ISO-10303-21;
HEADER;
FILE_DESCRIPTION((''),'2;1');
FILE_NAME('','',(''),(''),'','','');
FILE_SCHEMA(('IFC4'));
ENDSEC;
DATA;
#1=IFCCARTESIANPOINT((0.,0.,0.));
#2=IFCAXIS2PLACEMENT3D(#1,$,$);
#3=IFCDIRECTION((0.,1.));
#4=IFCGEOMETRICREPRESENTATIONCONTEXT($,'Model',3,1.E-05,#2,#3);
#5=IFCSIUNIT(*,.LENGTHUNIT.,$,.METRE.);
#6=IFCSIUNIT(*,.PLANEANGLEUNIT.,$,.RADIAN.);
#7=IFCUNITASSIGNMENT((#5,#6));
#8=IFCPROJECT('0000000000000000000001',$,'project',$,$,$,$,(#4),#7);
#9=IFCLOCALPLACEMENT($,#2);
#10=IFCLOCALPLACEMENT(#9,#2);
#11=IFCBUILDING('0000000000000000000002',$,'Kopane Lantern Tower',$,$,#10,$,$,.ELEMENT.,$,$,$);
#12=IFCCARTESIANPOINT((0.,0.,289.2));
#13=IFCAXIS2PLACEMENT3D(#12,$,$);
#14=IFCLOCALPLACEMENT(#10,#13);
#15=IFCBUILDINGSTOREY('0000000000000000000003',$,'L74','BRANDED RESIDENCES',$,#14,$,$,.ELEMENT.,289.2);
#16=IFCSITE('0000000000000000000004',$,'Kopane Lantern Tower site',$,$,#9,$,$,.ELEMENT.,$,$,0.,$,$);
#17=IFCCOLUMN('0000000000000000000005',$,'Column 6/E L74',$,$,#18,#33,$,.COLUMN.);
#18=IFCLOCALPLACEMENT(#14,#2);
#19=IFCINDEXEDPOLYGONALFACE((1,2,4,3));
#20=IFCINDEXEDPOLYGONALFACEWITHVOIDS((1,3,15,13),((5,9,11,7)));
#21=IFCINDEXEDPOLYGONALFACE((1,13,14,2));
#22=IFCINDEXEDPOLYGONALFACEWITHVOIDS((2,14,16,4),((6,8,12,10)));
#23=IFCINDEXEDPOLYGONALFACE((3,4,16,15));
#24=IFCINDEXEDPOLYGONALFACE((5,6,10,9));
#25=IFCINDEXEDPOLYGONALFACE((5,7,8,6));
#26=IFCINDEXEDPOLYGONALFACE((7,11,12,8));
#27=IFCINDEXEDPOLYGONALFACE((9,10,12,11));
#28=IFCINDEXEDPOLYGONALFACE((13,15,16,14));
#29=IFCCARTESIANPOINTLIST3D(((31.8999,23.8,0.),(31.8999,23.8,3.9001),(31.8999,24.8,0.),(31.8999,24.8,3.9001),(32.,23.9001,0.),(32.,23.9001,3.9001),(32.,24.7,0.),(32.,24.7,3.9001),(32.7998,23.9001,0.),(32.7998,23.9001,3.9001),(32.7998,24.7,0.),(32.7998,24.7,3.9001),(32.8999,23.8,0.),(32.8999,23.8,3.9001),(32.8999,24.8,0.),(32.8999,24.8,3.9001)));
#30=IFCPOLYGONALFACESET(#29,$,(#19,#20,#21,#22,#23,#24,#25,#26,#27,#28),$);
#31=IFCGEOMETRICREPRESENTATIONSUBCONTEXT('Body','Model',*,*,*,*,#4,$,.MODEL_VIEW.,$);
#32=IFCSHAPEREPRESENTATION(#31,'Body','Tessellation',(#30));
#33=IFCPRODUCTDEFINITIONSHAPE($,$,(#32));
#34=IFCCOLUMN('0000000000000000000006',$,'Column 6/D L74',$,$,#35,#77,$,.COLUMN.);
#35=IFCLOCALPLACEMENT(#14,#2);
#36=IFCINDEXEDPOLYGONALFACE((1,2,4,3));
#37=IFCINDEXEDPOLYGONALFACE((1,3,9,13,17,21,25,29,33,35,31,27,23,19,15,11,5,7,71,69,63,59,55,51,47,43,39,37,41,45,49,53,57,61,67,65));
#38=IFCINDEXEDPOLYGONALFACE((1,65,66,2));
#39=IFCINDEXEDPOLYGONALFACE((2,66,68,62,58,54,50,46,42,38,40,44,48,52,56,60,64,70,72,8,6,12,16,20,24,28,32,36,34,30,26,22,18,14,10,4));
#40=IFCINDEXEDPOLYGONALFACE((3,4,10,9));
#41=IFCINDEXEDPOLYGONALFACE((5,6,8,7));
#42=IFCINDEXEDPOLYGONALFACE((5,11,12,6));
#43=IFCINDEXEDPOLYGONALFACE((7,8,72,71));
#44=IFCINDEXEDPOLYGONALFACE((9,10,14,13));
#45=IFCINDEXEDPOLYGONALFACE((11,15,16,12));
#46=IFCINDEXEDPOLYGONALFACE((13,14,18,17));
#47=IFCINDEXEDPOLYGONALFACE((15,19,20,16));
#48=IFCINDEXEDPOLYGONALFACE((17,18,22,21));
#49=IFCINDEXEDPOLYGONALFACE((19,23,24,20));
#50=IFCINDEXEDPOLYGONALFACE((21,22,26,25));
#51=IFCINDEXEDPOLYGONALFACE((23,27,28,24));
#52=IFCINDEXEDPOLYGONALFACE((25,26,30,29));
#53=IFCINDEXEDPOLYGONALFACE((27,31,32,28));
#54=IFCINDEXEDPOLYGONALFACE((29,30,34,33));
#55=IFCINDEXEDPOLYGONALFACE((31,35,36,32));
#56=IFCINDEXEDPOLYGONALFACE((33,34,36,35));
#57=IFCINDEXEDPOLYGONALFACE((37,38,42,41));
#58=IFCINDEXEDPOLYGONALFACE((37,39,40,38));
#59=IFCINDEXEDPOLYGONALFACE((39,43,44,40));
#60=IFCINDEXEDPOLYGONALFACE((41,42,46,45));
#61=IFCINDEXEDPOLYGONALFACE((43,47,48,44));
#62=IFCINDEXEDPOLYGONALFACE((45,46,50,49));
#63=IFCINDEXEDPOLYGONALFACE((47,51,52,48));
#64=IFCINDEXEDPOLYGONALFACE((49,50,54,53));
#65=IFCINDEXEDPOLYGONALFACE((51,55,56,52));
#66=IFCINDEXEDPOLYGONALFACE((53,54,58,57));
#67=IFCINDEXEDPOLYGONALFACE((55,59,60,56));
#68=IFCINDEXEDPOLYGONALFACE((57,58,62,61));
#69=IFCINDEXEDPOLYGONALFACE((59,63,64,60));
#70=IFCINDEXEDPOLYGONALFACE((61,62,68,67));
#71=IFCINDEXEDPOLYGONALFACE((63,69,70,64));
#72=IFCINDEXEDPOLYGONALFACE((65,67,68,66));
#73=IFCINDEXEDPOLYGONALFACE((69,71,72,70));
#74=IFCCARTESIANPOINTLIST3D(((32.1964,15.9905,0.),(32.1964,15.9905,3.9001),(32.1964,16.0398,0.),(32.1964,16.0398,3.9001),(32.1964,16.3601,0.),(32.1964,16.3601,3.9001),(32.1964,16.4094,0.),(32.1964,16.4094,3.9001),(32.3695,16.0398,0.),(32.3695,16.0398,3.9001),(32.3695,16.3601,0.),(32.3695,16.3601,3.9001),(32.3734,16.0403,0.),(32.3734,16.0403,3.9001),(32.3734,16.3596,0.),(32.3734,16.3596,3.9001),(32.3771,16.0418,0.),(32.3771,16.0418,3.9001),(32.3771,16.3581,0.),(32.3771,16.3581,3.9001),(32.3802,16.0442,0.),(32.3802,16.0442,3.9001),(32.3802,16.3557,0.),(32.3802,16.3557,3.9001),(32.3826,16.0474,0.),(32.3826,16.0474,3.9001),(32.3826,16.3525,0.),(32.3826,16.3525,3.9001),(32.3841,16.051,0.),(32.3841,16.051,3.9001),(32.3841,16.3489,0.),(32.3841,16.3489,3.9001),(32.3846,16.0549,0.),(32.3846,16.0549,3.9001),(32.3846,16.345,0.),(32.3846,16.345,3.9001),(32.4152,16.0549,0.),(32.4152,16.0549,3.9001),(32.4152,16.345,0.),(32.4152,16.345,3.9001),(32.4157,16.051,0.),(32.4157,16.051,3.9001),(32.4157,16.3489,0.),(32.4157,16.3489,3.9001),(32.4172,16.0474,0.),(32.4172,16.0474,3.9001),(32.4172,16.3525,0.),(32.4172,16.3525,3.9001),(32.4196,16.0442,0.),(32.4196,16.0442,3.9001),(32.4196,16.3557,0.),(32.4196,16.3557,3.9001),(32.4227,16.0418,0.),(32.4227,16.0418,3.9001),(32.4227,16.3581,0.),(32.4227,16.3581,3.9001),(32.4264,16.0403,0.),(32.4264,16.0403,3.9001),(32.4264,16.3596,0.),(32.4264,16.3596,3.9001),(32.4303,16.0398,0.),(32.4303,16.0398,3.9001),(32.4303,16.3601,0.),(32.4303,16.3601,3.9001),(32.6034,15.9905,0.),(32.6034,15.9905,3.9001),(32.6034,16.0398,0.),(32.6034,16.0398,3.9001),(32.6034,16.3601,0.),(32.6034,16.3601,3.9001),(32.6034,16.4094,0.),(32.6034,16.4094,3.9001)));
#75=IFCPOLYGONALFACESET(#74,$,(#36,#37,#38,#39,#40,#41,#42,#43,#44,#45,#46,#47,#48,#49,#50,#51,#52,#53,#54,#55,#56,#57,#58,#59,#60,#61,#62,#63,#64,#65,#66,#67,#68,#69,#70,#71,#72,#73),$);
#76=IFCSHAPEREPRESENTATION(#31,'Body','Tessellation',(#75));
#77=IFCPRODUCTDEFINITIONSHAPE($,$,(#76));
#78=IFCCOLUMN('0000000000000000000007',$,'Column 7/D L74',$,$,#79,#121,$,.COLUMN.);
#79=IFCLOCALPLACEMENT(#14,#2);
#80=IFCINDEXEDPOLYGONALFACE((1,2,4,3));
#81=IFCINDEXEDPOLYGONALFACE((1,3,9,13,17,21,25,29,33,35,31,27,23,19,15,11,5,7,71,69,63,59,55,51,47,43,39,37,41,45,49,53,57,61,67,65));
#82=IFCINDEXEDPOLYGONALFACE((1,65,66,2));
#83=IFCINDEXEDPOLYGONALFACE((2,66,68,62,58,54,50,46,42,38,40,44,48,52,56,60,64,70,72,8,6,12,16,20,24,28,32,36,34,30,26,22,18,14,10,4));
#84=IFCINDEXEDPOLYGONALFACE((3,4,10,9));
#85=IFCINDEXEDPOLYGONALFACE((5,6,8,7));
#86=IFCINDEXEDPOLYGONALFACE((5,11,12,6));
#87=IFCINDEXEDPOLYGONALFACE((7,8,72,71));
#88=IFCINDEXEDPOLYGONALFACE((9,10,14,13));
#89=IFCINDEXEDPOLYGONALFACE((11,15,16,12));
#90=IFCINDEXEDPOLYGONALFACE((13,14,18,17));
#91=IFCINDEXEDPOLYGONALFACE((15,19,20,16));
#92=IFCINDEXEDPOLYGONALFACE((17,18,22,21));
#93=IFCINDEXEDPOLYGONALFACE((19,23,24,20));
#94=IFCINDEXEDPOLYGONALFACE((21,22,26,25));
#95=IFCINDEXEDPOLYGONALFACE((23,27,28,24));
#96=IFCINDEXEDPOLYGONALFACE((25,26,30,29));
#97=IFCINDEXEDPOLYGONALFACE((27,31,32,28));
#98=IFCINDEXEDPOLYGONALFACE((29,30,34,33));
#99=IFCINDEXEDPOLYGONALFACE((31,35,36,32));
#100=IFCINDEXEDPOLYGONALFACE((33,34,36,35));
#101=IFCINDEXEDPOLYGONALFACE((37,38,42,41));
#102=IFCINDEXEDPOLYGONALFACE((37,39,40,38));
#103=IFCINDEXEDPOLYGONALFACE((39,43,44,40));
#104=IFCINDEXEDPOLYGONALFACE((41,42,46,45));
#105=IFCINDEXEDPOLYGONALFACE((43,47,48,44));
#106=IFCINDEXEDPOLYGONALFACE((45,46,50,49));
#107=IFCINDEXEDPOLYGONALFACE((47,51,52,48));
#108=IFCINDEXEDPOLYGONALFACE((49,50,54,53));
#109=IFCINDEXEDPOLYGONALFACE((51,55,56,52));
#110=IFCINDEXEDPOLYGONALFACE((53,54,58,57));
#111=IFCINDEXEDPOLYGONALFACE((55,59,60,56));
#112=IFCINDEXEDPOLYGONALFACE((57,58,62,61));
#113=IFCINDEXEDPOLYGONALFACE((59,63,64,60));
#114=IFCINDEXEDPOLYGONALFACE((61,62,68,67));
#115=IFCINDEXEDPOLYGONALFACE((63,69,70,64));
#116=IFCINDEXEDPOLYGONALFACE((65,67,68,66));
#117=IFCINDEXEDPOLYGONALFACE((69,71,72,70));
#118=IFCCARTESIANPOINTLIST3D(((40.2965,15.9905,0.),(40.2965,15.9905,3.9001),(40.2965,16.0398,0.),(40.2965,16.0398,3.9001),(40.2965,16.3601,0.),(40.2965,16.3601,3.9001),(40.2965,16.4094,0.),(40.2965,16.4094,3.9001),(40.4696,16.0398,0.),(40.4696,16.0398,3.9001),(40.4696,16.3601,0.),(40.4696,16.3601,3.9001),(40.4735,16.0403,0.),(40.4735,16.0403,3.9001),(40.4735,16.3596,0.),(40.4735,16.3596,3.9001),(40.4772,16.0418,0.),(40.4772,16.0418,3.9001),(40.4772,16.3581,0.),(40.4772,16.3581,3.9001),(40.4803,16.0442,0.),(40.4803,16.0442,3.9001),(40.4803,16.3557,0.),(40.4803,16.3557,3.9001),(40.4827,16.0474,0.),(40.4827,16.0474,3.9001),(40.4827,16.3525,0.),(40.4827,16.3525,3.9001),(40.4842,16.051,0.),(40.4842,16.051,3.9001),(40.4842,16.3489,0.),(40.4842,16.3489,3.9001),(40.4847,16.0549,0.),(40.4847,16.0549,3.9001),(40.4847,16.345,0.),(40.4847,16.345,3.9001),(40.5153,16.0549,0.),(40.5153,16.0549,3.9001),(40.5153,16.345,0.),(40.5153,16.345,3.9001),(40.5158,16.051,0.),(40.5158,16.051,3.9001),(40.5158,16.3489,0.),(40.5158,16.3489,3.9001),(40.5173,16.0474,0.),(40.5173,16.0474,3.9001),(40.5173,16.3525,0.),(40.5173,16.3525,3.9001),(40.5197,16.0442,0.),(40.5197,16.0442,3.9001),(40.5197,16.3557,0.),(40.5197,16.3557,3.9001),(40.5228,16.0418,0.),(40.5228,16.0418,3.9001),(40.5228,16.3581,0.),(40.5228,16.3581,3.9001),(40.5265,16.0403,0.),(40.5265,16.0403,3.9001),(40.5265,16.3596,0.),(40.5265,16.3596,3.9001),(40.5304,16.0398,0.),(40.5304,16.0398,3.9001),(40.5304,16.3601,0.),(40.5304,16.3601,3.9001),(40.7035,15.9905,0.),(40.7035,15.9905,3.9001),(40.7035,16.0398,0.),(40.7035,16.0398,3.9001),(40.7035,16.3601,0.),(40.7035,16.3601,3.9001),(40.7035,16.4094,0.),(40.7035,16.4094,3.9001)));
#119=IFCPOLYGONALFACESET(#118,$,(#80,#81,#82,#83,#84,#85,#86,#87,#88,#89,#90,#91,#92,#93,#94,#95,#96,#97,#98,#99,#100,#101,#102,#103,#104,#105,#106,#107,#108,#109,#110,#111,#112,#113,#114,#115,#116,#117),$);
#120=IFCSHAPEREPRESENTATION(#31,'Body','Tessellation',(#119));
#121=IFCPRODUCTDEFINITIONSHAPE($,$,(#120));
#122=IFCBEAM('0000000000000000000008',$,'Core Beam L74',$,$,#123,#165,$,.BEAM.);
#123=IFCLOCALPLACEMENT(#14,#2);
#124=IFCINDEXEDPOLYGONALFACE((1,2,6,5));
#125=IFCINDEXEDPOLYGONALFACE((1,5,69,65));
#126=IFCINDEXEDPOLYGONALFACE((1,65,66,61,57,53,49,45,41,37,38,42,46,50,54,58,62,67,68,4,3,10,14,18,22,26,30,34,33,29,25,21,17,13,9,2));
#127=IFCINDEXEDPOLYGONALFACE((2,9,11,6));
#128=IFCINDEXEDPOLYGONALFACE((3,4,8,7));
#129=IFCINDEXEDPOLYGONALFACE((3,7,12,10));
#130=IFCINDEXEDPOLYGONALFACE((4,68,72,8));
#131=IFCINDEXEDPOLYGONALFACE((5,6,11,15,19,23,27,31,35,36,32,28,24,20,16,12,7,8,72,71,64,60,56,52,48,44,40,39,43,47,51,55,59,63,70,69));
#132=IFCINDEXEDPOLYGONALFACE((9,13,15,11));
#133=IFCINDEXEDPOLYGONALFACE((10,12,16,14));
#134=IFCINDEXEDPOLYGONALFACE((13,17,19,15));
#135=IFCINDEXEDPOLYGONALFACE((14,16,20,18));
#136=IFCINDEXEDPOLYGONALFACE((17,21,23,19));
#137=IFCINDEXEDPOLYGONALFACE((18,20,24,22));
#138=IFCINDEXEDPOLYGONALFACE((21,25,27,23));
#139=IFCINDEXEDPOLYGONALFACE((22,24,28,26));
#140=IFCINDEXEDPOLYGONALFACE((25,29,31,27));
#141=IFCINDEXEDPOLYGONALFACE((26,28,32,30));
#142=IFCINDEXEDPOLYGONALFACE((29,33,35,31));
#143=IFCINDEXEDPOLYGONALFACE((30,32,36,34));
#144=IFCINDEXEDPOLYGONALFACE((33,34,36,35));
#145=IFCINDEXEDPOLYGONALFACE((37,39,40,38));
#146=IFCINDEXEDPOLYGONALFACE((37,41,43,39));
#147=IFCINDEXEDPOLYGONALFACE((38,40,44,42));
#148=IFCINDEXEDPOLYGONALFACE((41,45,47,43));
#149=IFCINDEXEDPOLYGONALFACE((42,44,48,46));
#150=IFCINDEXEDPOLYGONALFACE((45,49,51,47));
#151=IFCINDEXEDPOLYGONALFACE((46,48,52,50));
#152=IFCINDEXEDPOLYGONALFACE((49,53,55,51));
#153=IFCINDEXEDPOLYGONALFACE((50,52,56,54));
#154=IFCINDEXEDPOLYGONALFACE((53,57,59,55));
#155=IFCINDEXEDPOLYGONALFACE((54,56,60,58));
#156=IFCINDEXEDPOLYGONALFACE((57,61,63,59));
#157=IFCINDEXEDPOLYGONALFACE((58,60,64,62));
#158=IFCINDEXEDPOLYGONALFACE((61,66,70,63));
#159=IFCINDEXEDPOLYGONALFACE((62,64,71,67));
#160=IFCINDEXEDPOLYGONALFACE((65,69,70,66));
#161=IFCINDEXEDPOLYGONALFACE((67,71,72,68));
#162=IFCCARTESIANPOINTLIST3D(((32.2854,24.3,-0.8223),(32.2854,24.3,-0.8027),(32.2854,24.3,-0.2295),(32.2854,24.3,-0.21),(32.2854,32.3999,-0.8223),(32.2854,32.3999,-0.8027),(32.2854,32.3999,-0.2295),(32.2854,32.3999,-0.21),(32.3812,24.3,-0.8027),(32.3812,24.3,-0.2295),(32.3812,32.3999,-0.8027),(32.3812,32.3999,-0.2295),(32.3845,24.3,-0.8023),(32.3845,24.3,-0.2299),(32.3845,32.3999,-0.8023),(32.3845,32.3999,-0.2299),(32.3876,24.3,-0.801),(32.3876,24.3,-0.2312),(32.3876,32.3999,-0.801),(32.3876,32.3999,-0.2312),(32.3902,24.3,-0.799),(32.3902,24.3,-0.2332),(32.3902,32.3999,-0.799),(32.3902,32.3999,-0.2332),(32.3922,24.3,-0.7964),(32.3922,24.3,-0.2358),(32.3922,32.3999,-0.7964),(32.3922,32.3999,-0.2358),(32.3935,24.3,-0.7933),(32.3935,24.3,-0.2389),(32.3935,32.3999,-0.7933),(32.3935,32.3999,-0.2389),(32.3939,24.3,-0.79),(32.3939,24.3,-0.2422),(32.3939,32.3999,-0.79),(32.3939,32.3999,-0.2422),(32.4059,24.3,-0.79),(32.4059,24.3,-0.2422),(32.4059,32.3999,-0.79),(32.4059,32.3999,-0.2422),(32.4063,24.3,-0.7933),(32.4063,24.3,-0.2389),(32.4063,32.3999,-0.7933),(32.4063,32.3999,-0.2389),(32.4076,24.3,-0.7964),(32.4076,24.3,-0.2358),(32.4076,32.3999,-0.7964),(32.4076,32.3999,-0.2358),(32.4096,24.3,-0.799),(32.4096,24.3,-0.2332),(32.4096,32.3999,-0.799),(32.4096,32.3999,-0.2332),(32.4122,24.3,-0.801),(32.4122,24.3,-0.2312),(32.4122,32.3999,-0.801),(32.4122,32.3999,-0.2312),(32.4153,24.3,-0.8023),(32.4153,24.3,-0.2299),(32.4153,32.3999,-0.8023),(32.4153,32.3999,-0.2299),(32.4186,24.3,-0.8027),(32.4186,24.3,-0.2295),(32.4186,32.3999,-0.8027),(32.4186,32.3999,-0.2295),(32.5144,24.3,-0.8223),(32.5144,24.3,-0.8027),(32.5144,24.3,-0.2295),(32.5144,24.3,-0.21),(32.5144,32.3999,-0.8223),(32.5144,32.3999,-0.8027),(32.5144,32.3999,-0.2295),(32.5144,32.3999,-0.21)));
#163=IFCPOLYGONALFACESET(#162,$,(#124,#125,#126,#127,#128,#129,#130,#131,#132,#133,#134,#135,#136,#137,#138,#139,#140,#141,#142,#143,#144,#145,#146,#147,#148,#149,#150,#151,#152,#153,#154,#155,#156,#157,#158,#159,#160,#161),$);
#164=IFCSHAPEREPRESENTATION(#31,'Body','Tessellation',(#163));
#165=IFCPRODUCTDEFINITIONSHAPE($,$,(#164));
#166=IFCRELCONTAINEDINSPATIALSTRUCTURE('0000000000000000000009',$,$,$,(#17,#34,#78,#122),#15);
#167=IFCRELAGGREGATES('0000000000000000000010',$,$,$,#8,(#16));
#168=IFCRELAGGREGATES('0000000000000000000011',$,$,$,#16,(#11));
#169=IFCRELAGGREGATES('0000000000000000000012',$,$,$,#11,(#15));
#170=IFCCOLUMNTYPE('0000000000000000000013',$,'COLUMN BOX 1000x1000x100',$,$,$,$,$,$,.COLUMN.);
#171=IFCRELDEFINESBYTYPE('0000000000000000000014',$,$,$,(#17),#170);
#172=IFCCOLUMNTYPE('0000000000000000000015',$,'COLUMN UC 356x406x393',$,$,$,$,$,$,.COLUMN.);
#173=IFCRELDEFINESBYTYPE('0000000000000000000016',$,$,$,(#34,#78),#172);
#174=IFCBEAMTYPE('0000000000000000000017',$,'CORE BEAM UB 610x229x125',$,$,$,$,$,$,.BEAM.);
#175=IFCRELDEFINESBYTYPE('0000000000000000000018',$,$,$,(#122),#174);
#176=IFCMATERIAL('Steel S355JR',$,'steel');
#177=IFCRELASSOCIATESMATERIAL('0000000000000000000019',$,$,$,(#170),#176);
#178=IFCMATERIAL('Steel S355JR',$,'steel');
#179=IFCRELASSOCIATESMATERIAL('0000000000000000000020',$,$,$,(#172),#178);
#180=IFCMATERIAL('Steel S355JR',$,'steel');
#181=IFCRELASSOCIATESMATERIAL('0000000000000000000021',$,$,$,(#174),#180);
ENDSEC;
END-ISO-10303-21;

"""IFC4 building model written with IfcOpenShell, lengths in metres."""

from ifc_helpers import new_model, si_unit, direction, frame, origin, origin_2d, place, context, subcontext, project, spatial, hollow_rectangle, i_section, extrude, material, material_profile, profile_set, type_object, element, save


model = new_model("IFC4")

# Units and contexts
model_context = context("Model", 3, precision=1e-05, world=origin(), true_north=direction((0.0, 1.0)))
body_context = subcontext(model_context, "Body", "Model", "MODEL_VIEW")
ifc_project = project(units=[si_unit("LENGTHUNIT", "METRE"), si_unit("PLANEANGLEUNIT", "RADIAN")], contexts=[model_context])

# Site, building, storey
site_placement = place(None, origin())
site = spatial("IfcSite", under=ifc_project, at=site_placement, Name="Kopane Lantern Tower site", CompositionType="ELEMENT", RefElevation=0.0)
building_placement = place(site_placement, origin())
building = spatial("IfcBuilding", under=site, at=building_placement, Name="Kopane Lantern Tower", CompositionType="ELEMENT")
storey_placement = place(building_placement, frame((0.0, 0.0, 289.2)))
storey = spatial("IfcBuildingStorey", under=building, at=storey_placement, Name="L74", Description="BRANDED RESIDENCES", CompositionType="ELEMENT", Elevation=289.2)

# Columns
ifc_material_1 = material(Name="Steel S355JR", Category="steel")
ifc_material_profile_1 = material_profile(ifc_material_1, hollow_rectangle(XDim=1.0, YDim=1.0, WallThickness=0.1001, at=origin_2d()), Name="BOX 1000x1000x100")
ifc_profile_set_1 = profile_set([ifc_material_profile_1], Name="Steel S355JR")
column_type_1 = type_object("IfcColumnType", Name="COLUMN BOX 1000x1000x100", PredefinedType="COLUMN", material=ifc_profile_set_1)
column_placement = place(storey_placement, frame((32.3999, 24.3, 0.0), z_axis=(0.0, 0.0, 1.0), x_axis=(1.0, 0.0, 0.0)))
element("IfcColumn", 1, at=column_placement, inside=storey, type_object=column_type_1, Name="Column 6/E L74", PredefinedType="COLUMN", context=body_context, shape_type="SweptSolid", body=[
    extrude(hollow_rectangle(XDim=1.0, YDim=1.0, WallThickness=0.1001, at=origin_2d()), origin(), (0.0, 0.0, 1.0), 3.9001),
])
ifc_material_2 = material(Name="Steel S355JR", Category="steel")
ifc_material_profile_2 = material_profile(ifc_material_2, i_section(OverallWidth=0.407, OverallDepth=0.4189, WebThickness=0.0305, FlangeThickness=0.0493, FilletRadius=0.0151, at=origin_2d()), Name="UC 356x406x393")
ifc_profile_set_2 = profile_set([ifc_material_profile_2], Name="Steel S355JR")
column_type_2 = type_object("IfcColumnType", Name="COLUMN UC 356x406x393", PredefinedType="COLUMN", material=ifc_profile_set_2)
for number, where, z_axis, x_axis, name in (
    (2, (32.3999, 16.2, 0.0), (0.0, 0.0, 1.0), (1.0, 0.0, 0.0), "Column 6/D L74"),
    (3, (40.5, 16.2, 0.0), (0.0, 0.0, 1.0), (1.0, 0.0, 0.0), "Column 7/D L74"),
):
    element("IfcColumn", number, at=place(storey_placement, frame(where, z_axis=z_axis, x_axis=x_axis)), inside=storey, type_object=column_type_2, Name=name, PredefinedType="COLUMN", context=body_context, shape_type="SweptSolid", body=[
        extrude(i_section(OverallWidth=0.407, OverallDepth=0.4189, WebThickness=0.0305, FlangeThickness=0.0493, FilletRadius=0.0151, at=origin_2d()), origin(), (0.0, 0.0, 1.0), 3.9001),
    ])

# Beam
ifc_material_3 = material(Name="Steel S355JR", Category="steel")
ifc_material_profile_3 = material_profile(ifc_material_3, i_section(OverallWidth=0.229, OverallDepth=0.6123, WebThickness=0.012, FlangeThickness=0.0195, FilletRadius=0.0127, at=origin_2d()), Name="UB 610x229x125")
ifc_profile_set_3 = profile_set([ifc_material_profile_3], Name="Steel S355JR")
beam_type_1 = type_object("IfcBeamType", Name="CORE BEAM UB 610x229x125", PredefinedType="BEAM", material=ifc_profile_set_3)
beam_placement = place(storey_placement, frame((32.3999, 24.3, -0.5161), z_axis=(0.0, 1.0, 0.0), x_axis=(-1.0, 0.0, 0.0)))
element("IfcBeam", 4, at=beam_placement, inside=storey, type_object=beam_type_1, Name="Core Beam L74", PredefinedType="BEAM", context=body_context, shape_type="SweptSolid", body=[
    extrude(i_section(OverallWidth=0.229, OverallDepth=0.6123, WebThickness=0.012, FlangeThickness=0.0195, FilletRadius=0.0127, at=origin_2d()), origin(), (0.0, 0.0, 1.0), 8.0999),
])

save(model, "model.ifc")
